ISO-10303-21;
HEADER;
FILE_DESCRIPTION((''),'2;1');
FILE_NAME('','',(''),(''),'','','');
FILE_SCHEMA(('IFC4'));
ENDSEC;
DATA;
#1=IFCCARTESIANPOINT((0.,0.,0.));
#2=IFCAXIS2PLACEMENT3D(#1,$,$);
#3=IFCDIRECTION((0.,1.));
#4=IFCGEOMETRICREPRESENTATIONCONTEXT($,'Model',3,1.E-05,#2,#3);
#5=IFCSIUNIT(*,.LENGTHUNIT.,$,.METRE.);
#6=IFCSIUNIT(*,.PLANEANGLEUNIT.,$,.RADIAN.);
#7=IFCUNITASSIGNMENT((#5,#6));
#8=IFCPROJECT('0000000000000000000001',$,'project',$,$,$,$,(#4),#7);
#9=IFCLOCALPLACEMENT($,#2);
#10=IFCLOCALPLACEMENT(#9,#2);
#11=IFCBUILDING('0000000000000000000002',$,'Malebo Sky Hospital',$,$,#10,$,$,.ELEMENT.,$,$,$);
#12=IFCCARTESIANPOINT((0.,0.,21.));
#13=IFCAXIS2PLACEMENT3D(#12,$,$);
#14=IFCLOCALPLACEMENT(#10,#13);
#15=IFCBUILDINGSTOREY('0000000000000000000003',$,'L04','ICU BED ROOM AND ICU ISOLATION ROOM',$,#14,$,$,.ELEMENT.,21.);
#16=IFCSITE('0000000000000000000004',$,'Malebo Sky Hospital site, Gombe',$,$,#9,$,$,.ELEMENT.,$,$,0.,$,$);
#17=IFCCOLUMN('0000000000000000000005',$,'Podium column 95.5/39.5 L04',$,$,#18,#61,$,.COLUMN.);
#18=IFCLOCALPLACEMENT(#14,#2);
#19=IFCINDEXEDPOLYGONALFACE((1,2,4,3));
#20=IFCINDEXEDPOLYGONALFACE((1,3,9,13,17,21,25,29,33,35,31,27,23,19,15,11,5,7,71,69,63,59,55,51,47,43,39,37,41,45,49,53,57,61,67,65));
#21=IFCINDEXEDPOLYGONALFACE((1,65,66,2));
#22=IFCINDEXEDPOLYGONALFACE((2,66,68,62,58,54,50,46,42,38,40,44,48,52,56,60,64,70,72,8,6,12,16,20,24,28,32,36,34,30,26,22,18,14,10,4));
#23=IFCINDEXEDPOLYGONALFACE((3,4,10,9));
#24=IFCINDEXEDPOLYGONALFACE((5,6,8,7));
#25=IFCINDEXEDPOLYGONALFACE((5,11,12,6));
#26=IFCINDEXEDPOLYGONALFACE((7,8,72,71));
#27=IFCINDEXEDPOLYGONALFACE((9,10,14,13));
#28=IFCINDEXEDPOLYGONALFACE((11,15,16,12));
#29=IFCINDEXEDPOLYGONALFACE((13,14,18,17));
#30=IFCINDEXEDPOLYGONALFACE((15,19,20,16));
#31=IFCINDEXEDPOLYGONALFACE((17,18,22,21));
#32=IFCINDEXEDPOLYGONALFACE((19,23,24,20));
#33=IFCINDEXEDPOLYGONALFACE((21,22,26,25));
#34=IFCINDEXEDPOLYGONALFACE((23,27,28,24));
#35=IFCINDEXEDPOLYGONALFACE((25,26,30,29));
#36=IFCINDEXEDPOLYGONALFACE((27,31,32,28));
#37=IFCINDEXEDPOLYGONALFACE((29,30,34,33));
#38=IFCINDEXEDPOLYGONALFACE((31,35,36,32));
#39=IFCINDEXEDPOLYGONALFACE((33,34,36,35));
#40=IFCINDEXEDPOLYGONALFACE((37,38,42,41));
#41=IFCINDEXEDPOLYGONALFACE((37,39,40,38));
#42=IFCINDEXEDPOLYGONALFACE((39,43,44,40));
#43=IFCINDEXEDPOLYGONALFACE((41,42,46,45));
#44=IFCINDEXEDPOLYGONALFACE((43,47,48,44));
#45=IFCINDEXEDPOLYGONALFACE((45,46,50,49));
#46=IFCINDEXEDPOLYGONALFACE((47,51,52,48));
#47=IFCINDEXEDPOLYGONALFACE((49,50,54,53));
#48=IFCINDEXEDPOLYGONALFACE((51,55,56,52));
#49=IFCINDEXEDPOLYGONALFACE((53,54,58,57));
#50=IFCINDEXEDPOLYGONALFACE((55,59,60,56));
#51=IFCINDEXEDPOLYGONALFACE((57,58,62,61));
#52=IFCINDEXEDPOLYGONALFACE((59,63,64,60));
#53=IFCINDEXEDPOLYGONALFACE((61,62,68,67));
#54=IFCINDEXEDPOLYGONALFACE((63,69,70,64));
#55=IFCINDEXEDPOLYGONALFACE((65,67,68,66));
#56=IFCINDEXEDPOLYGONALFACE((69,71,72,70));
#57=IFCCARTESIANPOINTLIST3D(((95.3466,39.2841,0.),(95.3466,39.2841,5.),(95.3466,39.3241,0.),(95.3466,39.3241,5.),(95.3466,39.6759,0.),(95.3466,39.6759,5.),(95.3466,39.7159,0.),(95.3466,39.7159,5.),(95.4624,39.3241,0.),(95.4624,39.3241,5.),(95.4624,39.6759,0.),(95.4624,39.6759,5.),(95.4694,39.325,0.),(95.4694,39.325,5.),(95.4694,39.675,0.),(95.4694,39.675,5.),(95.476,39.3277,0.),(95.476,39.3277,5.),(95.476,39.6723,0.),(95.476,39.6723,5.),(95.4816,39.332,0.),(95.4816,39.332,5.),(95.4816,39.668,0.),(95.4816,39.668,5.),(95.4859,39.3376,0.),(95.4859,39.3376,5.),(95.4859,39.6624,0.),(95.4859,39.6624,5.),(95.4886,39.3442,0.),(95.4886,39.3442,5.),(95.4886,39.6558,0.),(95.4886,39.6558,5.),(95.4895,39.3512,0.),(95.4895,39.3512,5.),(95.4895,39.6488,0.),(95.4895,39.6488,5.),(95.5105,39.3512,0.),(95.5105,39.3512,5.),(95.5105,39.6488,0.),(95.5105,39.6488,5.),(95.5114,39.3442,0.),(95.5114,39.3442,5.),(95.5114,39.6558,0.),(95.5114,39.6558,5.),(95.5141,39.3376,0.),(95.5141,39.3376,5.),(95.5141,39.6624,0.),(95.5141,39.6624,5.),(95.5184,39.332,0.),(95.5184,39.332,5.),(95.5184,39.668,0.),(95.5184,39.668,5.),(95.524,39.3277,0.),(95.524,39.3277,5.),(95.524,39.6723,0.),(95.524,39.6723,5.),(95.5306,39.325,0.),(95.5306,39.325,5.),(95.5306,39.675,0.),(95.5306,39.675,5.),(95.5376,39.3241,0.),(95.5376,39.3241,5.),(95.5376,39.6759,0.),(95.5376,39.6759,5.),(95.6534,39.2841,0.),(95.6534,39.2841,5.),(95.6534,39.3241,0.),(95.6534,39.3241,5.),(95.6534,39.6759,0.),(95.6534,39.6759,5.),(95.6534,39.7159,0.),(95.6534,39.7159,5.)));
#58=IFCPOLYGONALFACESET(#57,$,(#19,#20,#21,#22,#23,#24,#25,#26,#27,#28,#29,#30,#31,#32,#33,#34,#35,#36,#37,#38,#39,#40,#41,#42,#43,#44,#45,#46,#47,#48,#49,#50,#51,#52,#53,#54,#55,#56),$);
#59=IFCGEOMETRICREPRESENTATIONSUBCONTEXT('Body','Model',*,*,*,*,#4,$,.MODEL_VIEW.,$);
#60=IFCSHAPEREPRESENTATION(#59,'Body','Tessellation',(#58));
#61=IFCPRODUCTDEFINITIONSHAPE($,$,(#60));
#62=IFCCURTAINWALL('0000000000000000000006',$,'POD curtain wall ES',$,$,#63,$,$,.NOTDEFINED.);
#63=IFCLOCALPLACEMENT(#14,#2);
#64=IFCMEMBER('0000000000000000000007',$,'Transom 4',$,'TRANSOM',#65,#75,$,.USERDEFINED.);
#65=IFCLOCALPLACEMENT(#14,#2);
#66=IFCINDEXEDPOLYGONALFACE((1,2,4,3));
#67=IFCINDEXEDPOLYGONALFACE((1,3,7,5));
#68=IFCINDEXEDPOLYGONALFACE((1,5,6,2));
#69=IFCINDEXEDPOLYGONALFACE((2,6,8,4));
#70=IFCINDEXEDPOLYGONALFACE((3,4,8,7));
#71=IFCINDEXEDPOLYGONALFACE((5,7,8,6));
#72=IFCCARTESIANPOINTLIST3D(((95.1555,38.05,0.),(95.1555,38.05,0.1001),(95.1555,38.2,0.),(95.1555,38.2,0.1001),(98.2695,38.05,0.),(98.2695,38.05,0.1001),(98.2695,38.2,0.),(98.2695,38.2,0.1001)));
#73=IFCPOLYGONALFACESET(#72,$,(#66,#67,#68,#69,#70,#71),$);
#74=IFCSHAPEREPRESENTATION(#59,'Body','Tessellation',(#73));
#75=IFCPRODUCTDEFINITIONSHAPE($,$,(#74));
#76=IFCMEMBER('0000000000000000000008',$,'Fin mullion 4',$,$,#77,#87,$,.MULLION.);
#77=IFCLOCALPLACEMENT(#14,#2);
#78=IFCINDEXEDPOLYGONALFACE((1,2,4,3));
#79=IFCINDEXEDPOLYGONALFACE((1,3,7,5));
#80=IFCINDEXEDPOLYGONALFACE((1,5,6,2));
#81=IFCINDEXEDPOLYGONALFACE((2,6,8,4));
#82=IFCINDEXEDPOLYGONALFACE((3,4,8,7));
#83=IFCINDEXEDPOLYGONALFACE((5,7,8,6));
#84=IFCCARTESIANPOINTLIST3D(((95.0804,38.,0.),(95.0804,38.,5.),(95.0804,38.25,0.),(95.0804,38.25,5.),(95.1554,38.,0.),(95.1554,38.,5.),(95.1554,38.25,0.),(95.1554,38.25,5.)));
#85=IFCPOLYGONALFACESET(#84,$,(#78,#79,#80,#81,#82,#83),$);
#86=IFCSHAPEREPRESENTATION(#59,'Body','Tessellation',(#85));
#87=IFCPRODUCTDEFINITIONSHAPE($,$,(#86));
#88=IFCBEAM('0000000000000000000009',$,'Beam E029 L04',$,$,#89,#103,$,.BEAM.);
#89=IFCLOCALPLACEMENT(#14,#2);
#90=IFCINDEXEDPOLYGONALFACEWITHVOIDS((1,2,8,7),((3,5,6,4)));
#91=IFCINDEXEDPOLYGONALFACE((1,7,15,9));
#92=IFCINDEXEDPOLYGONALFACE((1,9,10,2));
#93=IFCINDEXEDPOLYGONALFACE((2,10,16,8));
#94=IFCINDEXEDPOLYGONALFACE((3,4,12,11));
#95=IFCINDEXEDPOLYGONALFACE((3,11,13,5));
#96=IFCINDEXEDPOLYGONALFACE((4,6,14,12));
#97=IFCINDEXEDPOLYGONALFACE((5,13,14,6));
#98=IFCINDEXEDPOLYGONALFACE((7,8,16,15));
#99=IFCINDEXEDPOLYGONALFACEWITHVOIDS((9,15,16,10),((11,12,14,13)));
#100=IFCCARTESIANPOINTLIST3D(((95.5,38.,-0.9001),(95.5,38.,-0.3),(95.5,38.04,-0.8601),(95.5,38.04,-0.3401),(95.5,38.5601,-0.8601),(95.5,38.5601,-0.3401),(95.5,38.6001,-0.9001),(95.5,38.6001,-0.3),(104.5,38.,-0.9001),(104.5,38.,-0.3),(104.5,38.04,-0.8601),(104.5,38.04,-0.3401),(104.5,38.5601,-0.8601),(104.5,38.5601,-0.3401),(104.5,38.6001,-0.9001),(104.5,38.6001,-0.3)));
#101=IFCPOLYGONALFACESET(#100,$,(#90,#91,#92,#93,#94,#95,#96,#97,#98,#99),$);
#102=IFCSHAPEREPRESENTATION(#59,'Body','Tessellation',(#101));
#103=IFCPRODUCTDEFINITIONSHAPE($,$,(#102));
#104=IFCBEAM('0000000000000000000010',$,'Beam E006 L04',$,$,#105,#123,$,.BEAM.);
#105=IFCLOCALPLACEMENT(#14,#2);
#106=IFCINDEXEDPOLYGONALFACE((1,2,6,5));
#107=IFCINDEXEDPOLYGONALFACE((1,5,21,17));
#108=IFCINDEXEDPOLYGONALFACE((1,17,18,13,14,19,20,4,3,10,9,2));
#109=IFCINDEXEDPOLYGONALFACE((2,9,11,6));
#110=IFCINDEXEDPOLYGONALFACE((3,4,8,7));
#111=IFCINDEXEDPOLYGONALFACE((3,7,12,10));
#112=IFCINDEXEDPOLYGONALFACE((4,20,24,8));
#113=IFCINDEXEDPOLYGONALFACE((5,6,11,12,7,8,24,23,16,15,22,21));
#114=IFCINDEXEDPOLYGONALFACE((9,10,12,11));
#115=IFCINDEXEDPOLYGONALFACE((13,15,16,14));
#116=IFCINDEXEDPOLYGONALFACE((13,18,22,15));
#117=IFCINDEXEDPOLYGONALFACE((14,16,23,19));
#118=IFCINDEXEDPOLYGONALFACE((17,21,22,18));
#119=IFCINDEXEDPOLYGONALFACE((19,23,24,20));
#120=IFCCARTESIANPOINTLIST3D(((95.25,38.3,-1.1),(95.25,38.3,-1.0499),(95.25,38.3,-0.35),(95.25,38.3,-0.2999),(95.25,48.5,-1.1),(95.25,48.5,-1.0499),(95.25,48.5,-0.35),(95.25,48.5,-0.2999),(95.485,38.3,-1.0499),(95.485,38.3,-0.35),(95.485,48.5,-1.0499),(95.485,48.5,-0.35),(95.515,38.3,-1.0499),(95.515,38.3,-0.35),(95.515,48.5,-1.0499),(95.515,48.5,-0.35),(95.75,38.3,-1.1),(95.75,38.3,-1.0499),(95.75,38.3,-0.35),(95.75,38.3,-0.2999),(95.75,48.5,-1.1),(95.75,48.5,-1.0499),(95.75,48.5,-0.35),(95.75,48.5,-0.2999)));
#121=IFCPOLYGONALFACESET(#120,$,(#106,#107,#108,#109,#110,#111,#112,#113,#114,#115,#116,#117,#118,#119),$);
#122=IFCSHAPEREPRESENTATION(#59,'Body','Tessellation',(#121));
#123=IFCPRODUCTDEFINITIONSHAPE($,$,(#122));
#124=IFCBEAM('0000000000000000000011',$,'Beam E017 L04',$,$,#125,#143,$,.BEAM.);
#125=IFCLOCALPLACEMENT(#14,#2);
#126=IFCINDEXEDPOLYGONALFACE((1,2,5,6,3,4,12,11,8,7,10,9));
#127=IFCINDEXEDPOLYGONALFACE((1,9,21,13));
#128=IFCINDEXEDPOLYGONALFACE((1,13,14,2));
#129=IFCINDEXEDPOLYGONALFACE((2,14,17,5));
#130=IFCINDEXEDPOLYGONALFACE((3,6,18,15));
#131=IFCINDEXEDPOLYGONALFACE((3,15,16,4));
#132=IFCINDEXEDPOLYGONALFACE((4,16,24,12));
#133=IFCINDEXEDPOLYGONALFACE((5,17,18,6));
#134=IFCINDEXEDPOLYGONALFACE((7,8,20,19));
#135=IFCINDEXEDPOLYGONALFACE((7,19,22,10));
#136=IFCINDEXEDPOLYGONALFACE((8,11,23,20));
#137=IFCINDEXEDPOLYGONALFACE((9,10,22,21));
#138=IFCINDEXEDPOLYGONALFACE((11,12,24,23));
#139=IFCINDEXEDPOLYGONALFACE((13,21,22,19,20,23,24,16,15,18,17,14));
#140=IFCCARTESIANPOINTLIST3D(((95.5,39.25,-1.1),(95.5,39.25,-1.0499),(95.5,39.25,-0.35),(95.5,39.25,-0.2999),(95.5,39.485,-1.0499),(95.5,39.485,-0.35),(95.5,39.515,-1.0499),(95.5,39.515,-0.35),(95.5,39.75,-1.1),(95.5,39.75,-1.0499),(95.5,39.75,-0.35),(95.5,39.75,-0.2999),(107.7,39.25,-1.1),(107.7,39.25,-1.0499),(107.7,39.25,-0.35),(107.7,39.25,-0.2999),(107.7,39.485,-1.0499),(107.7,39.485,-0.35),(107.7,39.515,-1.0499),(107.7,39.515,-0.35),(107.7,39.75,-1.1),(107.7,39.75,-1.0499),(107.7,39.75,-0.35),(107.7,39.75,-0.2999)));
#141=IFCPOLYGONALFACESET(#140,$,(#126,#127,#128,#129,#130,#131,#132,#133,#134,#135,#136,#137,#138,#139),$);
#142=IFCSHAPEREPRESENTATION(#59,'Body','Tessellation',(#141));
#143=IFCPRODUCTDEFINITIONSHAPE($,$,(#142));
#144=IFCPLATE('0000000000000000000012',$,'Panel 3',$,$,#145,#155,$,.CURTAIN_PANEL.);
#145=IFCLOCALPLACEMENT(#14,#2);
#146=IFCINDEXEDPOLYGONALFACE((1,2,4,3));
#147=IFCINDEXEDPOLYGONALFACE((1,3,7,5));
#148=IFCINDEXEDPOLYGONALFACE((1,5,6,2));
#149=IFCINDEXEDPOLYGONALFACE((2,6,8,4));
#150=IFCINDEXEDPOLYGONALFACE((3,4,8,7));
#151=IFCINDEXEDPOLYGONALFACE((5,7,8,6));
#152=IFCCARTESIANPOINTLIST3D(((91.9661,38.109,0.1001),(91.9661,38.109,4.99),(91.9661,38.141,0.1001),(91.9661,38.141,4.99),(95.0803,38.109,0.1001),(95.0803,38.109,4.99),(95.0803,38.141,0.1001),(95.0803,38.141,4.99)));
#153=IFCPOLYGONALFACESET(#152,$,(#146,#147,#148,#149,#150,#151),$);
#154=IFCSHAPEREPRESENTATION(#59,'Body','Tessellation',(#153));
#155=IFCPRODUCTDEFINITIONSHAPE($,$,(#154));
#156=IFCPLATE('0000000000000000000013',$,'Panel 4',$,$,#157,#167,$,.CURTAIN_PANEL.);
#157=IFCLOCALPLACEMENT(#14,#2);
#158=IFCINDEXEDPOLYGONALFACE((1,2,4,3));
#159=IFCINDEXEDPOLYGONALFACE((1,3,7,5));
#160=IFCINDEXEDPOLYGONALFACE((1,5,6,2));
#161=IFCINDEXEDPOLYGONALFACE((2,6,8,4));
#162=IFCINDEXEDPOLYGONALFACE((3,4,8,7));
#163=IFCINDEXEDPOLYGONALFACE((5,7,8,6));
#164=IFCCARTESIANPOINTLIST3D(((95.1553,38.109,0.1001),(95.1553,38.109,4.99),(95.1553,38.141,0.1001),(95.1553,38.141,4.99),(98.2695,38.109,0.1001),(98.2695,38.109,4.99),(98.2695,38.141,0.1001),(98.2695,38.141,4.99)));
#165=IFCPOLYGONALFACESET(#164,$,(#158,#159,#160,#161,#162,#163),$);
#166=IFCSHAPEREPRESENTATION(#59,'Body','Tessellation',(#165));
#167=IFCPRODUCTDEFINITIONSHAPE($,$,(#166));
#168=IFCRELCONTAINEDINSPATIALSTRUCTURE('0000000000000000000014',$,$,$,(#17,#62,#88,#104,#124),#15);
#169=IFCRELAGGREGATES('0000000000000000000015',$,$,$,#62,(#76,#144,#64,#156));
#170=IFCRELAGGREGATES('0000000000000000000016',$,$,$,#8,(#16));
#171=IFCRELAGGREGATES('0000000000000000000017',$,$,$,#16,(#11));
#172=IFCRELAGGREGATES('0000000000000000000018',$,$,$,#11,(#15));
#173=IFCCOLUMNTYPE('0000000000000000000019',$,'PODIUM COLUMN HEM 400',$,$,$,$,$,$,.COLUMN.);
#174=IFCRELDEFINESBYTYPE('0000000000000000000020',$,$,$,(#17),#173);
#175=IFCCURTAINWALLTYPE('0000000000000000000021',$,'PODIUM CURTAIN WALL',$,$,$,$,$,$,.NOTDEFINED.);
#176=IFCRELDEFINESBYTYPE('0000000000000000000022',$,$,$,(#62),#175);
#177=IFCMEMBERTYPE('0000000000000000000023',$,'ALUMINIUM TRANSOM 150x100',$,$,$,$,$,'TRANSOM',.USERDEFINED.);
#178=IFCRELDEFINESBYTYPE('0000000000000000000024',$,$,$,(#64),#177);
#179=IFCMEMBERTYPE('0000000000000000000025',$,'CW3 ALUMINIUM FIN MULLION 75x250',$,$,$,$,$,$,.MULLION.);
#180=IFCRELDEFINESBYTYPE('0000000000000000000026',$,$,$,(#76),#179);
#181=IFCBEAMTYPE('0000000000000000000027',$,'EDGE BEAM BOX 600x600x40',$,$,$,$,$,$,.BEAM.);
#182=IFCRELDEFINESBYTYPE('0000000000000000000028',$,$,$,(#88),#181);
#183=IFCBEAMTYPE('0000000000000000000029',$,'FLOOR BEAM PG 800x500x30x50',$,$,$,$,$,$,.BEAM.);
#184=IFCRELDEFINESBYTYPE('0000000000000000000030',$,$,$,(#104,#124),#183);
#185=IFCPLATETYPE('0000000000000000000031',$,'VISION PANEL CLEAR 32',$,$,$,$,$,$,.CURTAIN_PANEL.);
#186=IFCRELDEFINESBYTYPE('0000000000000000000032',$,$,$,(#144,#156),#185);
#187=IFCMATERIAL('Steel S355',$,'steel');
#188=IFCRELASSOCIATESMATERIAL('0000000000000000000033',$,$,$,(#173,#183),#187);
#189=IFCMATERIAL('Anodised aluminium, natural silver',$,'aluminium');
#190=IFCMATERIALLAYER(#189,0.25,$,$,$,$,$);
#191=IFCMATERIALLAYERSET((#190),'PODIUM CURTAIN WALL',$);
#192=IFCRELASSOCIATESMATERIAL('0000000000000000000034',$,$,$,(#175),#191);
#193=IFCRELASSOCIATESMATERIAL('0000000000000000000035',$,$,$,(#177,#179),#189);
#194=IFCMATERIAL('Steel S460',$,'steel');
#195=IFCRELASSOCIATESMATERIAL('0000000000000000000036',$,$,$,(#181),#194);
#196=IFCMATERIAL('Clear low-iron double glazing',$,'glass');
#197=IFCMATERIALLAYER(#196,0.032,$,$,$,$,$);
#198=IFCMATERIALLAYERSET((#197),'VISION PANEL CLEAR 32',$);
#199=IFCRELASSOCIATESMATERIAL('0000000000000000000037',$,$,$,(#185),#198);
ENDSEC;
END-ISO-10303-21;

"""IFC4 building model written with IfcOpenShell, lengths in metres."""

from ifc_helpers import new_model, si_unit, direction, frame, origin, origin_2d, place, context, subcontext, project, spatial, rectangle, hollow_rectangle, i_section, extrude, material, layer, layer_set, material_profile, profile_set, type_object, element, aggregate, save


model = new_model("IFC4")

# Units and contexts
model_context = context("Model", 3, precision=1e-05, world=origin(), true_north=direction((0.0, 1.0)))
body_context = subcontext(model_context, "Body", "Model", "MODEL_VIEW")
ifc_project = project(units=[si_unit("LENGTHUNIT", "METRE"), si_unit("PLANEANGLEUNIT", "RADIAN")], contexts=[model_context])

# Site, building, storey
site_placement = place(None, origin())
site = spatial("IfcSite", under=ifc_project, at=site_placement, Name="Malebo Sky Hospital site, Gombe", CompositionType="ELEMENT", RefElevation=0.0)
building_placement = place(site_placement, origin())
building = spatial("IfcBuilding", under=site, at=building_placement, Name="Malebo Sky Hospital", CompositionType="ELEMENT")
storey_placement = place(building_placement, frame((0.0, 0.0, 21.0)))
storey = spatial("IfcBuildingStorey", under=building, at=storey_placement, Name="L04", Description="ICU BED ROOM AND ICU ISOLATION ROOM", CompositionType="ELEMENT", Elevation=21.0)

# Column
ifc_material_1 = material(Name="Steel S355", Category="steel")
ifc_material_profile_1 = material_profile(ifc_material_1, i_section(OverallWidth=0.3069, OverallDepth=0.4319, WebThickness=0.021, FlangeThickness=0.04, FilletRadius=0.0271, at=origin_2d()), Name="HEM 400")
ifc_profile_set_1 = profile_set([ifc_material_profile_1], Name="Steel S355")
column_type = type_object("IfcColumnType", Name="PODIUM COLUMN HEM 400", PredefinedType="COLUMN", material=ifc_profile_set_1)
column_placement = place(storey_placement, frame((95.5, 39.5, 0.0), z_axis=(0.0, 0.0, 1.0), x_axis=(1.0, 0.0, 0.0)))
element("IfcColumn", 1, at=column_placement, inside=storey, type_object=column_type, Name="Podium column 95.5/39.5 L04", PredefinedType="COLUMN", context=body_context, shape_type="SweptSolid", body=[
    extrude(i_section(OverallWidth=0.3069, OverallDepth=0.4319, WebThickness=0.021, FlangeThickness=0.04, FilletRadius=0.0271, at=origin_2d()), origin(), (0.0, 0.0, 1.0), 5.0),
])

# Curtain wall, members
ifc_material_2 = material(Name="Anodised aluminium, natural silver", Category="aluminium")
ifc_layer_1 = layer(ifc_material_2, 0.25)
ifc_layer_set_1 = layer_set([ifc_layer_1], Name="PODIUM CURTAIN WALL")
curtain_wall_type = type_object("IfcCurtainWallType", Name="PODIUM CURTAIN WALL", PredefinedType="NOTDEFINED", material=ifc_layer_set_1)
curtain_wall_placement = place(storey_placement, origin())
curtain_wall = element("IfcCurtainWall", 2, at=curtain_wall_placement, inside=storey, type_object=curtain_wall_type, Name="POD curtain wall ES", PredefinedType="NOTDEFINED")
ifc_material_profile_2 = material_profile(ifc_material_2, rectangle(XDim=0.1499, YDim=0.1001, at=origin_2d()), Name="ALUMINIUM TRANSOM 150x100")
ifc_profile_set_2 = profile_set([ifc_material_profile_2], Name="Anodised aluminium, natural silver")
member_type_1 = type_object("IfcMemberType", Name="ALUMINIUM TRANSOM 150x100", ElementType="TRANSOM", PredefinedType="USERDEFINED", material=ifc_profile_set_2)
member_1_placement = place(storey_placement, frame((95.1555, 38.125, 0.05), z_axis=(1.0, 0.0, 0.0), x_axis=(0.0, 1.0, 0.0)))
member_1 = element("IfcMember", 3, at=member_1_placement, type_object=member_type_1, Name="Transom 4", ObjectType="TRANSOM", PredefinedType="USERDEFINED", context=body_context, shape_type="SweptSolid", body=[
    extrude(rectangle(XDim=0.1499, YDim=0.1001, at=origin_2d()), origin(), (0.0, 0.0, 1.0), 3.114),
])
ifc_material_profile_3 = material_profile(ifc_material_2, rectangle(XDim=0.075, YDim=0.25, at=origin_2d()), Name="CW3 ALUMINIUM FIN MULLION 75x250")
ifc_profile_set_3 = profile_set([ifc_material_profile_3], Name="Anodised aluminium, natural silver")
member_type_2 = type_object("IfcMemberType", Name="CW3 ALUMINIUM FIN MULLION 75x250", PredefinedType="MULLION", material=ifc_profile_set_3)
member_2_placement = place(storey_placement, frame((95.1179, 38.125, 0.0), z_axis=(0.0, 0.0, 1.0), x_axis=(1.0, 0.0, 0.0)))
member_2 = element("IfcMember", 4, at=member_2_placement, type_object=member_type_2, Name="Fin mullion 4", PredefinedType="MULLION", context=body_context, shape_type="SweptSolid", body=[
    extrude(rectangle(XDim=0.075, YDim=0.25, at=origin_2d()), origin(), (0.0, 0.0, 1.0), 5.0),
])

# Beams
ifc_material_3 = material(Name="Steel S460", Category="steel")
ifc_material_profile_4 = material_profile(ifc_material_3, hollow_rectangle(XDim=0.6001, YDim=0.6001, WallThickness=0.04, at=origin_2d()), Name="BOX 600x600x40")
ifc_profile_set_4 = profile_set([ifc_material_profile_4], Name="Steel S460")
beam_type_1 = type_object("IfcBeamType", Name="EDGE BEAM BOX 600x600x40", PredefinedType="BEAM", material=ifc_profile_set_4)
beam_1_placement = place(storey_placement, frame((95.5, 38.3, -0.6001), z_axis=(1.0, 0.0, 0.0), x_axis=(0.0, 1.0, 0.0)))
element("IfcBeam", 5, at=beam_1_placement, inside=storey, type_object=beam_type_1, Name="Beam E029 L04", PredefinedType="BEAM", context=body_context, shape_type="SweptSolid", body=[
    extrude(hollow_rectangle(XDim=0.6001, YDim=0.6001, WallThickness=0.04, at=origin_2d()), origin(), (0.0, 0.0, 1.0), 9.0),
])
ifc_material_profile_5 = material_profile(ifc_material_1, i_section(OverallWidth=0.5, OverallDepth=0.8, WebThickness=0.03, FlangeThickness=0.05, at=origin_2d()), Name="PG 800x500x30x50")
ifc_profile_set_5 = profile_set([ifc_material_profile_5], Name="Steel S355")
beam_type_2 = type_object("IfcBeamType", Name="FLOOR BEAM PG 800x500x30x50", PredefinedType="BEAM", material=ifc_profile_set_5)
beam_2_placement = place(storey_placement, frame((95.5, 38.3, -0.7), z_axis=(0.0, 1.0, 0.0), x_axis=(-1.0, 0.0, 0.0)))
element("IfcBeam", 6, at=beam_2_placement, inside=storey, type_object=beam_type_2, Name="Beam E006 L04", PredefinedType="BEAM", context=body_context, shape_type="SweptSolid", body=[
    extrude(i_section(OverallWidth=0.5, OverallDepth=0.8, WebThickness=0.03, FlangeThickness=0.05, at=origin_2d()), origin(), (0.0, 0.0, 1.0), 10.2),
])
beam_3_placement = place(storey_placement, frame((95.5, 39.5, -0.7), z_axis=(1.0, 0.0, 0.0), x_axis=(0.0, 1.0, 0.0)))
element("IfcBeam", 7, at=beam_3_placement, inside=storey, type_object=beam_type_2, Name="Beam E017 L04", PredefinedType="BEAM", context=body_context, shape_type="SweptSolid", body=[
    extrude(i_section(OverallWidth=0.5, OverallDepth=0.8, WebThickness=0.03, FlangeThickness=0.05, at=origin_2d()), origin(), (0.0, 0.0, 1.0), 12.2),
])

# Plates
ifc_material_4 = material(Name="Clear low-iron double glazing", Category="glass")
ifc_layer_2 = layer(ifc_material_4, 0.032)
ifc_layer_set_2 = layer_set([ifc_layer_2], Name="VISION PANEL CLEAR 32")
plate_type = type_object("IfcPlateType", Name="VISION PANEL CLEAR 32", PredefinedType="CURTAIN_PANEL", material=ifc_layer_set_2)
plate_1_placement = place(storey_placement, frame((93.5232, 38.125, 0.1001), z_axis=(0.0, 0.0, 1.0), x_axis=(1.0, 0.0, 0.0)))
plate_1 = element("IfcPlate", 8, at=plate_1_placement, type_object=plate_type, Name="Panel 3", PredefinedType="CURTAIN_PANEL", context=body_context, shape_type="SweptSolid", body=[
    extrude(rectangle(XDim=3.1143, YDim=0.032, at=origin_2d()), origin(), (0.0, 0.0, 1.0), 4.8899),
])
plate_2_placement = place(storey_placement, frame((96.7124, 38.125, 0.1001), z_axis=(0.0, 0.0, 1.0), x_axis=(1.0, 0.0, 0.0)))
plate_2 = element("IfcPlate", 9, at=plate_2_placement, type_object=plate_type, Name="Panel 4", PredefinedType="CURTAIN_PANEL", context=body_context, shape_type="SweptSolid", body=[
    extrude(rectangle(XDim=3.1143, YDim=0.032, at=origin_2d()), origin(), (0.0, 0.0, 1.0), 4.8899),
])
aggregate(curtain_wall, [member_2, plate_1, member_1, plate_2])

save(model, "model.ifc")
